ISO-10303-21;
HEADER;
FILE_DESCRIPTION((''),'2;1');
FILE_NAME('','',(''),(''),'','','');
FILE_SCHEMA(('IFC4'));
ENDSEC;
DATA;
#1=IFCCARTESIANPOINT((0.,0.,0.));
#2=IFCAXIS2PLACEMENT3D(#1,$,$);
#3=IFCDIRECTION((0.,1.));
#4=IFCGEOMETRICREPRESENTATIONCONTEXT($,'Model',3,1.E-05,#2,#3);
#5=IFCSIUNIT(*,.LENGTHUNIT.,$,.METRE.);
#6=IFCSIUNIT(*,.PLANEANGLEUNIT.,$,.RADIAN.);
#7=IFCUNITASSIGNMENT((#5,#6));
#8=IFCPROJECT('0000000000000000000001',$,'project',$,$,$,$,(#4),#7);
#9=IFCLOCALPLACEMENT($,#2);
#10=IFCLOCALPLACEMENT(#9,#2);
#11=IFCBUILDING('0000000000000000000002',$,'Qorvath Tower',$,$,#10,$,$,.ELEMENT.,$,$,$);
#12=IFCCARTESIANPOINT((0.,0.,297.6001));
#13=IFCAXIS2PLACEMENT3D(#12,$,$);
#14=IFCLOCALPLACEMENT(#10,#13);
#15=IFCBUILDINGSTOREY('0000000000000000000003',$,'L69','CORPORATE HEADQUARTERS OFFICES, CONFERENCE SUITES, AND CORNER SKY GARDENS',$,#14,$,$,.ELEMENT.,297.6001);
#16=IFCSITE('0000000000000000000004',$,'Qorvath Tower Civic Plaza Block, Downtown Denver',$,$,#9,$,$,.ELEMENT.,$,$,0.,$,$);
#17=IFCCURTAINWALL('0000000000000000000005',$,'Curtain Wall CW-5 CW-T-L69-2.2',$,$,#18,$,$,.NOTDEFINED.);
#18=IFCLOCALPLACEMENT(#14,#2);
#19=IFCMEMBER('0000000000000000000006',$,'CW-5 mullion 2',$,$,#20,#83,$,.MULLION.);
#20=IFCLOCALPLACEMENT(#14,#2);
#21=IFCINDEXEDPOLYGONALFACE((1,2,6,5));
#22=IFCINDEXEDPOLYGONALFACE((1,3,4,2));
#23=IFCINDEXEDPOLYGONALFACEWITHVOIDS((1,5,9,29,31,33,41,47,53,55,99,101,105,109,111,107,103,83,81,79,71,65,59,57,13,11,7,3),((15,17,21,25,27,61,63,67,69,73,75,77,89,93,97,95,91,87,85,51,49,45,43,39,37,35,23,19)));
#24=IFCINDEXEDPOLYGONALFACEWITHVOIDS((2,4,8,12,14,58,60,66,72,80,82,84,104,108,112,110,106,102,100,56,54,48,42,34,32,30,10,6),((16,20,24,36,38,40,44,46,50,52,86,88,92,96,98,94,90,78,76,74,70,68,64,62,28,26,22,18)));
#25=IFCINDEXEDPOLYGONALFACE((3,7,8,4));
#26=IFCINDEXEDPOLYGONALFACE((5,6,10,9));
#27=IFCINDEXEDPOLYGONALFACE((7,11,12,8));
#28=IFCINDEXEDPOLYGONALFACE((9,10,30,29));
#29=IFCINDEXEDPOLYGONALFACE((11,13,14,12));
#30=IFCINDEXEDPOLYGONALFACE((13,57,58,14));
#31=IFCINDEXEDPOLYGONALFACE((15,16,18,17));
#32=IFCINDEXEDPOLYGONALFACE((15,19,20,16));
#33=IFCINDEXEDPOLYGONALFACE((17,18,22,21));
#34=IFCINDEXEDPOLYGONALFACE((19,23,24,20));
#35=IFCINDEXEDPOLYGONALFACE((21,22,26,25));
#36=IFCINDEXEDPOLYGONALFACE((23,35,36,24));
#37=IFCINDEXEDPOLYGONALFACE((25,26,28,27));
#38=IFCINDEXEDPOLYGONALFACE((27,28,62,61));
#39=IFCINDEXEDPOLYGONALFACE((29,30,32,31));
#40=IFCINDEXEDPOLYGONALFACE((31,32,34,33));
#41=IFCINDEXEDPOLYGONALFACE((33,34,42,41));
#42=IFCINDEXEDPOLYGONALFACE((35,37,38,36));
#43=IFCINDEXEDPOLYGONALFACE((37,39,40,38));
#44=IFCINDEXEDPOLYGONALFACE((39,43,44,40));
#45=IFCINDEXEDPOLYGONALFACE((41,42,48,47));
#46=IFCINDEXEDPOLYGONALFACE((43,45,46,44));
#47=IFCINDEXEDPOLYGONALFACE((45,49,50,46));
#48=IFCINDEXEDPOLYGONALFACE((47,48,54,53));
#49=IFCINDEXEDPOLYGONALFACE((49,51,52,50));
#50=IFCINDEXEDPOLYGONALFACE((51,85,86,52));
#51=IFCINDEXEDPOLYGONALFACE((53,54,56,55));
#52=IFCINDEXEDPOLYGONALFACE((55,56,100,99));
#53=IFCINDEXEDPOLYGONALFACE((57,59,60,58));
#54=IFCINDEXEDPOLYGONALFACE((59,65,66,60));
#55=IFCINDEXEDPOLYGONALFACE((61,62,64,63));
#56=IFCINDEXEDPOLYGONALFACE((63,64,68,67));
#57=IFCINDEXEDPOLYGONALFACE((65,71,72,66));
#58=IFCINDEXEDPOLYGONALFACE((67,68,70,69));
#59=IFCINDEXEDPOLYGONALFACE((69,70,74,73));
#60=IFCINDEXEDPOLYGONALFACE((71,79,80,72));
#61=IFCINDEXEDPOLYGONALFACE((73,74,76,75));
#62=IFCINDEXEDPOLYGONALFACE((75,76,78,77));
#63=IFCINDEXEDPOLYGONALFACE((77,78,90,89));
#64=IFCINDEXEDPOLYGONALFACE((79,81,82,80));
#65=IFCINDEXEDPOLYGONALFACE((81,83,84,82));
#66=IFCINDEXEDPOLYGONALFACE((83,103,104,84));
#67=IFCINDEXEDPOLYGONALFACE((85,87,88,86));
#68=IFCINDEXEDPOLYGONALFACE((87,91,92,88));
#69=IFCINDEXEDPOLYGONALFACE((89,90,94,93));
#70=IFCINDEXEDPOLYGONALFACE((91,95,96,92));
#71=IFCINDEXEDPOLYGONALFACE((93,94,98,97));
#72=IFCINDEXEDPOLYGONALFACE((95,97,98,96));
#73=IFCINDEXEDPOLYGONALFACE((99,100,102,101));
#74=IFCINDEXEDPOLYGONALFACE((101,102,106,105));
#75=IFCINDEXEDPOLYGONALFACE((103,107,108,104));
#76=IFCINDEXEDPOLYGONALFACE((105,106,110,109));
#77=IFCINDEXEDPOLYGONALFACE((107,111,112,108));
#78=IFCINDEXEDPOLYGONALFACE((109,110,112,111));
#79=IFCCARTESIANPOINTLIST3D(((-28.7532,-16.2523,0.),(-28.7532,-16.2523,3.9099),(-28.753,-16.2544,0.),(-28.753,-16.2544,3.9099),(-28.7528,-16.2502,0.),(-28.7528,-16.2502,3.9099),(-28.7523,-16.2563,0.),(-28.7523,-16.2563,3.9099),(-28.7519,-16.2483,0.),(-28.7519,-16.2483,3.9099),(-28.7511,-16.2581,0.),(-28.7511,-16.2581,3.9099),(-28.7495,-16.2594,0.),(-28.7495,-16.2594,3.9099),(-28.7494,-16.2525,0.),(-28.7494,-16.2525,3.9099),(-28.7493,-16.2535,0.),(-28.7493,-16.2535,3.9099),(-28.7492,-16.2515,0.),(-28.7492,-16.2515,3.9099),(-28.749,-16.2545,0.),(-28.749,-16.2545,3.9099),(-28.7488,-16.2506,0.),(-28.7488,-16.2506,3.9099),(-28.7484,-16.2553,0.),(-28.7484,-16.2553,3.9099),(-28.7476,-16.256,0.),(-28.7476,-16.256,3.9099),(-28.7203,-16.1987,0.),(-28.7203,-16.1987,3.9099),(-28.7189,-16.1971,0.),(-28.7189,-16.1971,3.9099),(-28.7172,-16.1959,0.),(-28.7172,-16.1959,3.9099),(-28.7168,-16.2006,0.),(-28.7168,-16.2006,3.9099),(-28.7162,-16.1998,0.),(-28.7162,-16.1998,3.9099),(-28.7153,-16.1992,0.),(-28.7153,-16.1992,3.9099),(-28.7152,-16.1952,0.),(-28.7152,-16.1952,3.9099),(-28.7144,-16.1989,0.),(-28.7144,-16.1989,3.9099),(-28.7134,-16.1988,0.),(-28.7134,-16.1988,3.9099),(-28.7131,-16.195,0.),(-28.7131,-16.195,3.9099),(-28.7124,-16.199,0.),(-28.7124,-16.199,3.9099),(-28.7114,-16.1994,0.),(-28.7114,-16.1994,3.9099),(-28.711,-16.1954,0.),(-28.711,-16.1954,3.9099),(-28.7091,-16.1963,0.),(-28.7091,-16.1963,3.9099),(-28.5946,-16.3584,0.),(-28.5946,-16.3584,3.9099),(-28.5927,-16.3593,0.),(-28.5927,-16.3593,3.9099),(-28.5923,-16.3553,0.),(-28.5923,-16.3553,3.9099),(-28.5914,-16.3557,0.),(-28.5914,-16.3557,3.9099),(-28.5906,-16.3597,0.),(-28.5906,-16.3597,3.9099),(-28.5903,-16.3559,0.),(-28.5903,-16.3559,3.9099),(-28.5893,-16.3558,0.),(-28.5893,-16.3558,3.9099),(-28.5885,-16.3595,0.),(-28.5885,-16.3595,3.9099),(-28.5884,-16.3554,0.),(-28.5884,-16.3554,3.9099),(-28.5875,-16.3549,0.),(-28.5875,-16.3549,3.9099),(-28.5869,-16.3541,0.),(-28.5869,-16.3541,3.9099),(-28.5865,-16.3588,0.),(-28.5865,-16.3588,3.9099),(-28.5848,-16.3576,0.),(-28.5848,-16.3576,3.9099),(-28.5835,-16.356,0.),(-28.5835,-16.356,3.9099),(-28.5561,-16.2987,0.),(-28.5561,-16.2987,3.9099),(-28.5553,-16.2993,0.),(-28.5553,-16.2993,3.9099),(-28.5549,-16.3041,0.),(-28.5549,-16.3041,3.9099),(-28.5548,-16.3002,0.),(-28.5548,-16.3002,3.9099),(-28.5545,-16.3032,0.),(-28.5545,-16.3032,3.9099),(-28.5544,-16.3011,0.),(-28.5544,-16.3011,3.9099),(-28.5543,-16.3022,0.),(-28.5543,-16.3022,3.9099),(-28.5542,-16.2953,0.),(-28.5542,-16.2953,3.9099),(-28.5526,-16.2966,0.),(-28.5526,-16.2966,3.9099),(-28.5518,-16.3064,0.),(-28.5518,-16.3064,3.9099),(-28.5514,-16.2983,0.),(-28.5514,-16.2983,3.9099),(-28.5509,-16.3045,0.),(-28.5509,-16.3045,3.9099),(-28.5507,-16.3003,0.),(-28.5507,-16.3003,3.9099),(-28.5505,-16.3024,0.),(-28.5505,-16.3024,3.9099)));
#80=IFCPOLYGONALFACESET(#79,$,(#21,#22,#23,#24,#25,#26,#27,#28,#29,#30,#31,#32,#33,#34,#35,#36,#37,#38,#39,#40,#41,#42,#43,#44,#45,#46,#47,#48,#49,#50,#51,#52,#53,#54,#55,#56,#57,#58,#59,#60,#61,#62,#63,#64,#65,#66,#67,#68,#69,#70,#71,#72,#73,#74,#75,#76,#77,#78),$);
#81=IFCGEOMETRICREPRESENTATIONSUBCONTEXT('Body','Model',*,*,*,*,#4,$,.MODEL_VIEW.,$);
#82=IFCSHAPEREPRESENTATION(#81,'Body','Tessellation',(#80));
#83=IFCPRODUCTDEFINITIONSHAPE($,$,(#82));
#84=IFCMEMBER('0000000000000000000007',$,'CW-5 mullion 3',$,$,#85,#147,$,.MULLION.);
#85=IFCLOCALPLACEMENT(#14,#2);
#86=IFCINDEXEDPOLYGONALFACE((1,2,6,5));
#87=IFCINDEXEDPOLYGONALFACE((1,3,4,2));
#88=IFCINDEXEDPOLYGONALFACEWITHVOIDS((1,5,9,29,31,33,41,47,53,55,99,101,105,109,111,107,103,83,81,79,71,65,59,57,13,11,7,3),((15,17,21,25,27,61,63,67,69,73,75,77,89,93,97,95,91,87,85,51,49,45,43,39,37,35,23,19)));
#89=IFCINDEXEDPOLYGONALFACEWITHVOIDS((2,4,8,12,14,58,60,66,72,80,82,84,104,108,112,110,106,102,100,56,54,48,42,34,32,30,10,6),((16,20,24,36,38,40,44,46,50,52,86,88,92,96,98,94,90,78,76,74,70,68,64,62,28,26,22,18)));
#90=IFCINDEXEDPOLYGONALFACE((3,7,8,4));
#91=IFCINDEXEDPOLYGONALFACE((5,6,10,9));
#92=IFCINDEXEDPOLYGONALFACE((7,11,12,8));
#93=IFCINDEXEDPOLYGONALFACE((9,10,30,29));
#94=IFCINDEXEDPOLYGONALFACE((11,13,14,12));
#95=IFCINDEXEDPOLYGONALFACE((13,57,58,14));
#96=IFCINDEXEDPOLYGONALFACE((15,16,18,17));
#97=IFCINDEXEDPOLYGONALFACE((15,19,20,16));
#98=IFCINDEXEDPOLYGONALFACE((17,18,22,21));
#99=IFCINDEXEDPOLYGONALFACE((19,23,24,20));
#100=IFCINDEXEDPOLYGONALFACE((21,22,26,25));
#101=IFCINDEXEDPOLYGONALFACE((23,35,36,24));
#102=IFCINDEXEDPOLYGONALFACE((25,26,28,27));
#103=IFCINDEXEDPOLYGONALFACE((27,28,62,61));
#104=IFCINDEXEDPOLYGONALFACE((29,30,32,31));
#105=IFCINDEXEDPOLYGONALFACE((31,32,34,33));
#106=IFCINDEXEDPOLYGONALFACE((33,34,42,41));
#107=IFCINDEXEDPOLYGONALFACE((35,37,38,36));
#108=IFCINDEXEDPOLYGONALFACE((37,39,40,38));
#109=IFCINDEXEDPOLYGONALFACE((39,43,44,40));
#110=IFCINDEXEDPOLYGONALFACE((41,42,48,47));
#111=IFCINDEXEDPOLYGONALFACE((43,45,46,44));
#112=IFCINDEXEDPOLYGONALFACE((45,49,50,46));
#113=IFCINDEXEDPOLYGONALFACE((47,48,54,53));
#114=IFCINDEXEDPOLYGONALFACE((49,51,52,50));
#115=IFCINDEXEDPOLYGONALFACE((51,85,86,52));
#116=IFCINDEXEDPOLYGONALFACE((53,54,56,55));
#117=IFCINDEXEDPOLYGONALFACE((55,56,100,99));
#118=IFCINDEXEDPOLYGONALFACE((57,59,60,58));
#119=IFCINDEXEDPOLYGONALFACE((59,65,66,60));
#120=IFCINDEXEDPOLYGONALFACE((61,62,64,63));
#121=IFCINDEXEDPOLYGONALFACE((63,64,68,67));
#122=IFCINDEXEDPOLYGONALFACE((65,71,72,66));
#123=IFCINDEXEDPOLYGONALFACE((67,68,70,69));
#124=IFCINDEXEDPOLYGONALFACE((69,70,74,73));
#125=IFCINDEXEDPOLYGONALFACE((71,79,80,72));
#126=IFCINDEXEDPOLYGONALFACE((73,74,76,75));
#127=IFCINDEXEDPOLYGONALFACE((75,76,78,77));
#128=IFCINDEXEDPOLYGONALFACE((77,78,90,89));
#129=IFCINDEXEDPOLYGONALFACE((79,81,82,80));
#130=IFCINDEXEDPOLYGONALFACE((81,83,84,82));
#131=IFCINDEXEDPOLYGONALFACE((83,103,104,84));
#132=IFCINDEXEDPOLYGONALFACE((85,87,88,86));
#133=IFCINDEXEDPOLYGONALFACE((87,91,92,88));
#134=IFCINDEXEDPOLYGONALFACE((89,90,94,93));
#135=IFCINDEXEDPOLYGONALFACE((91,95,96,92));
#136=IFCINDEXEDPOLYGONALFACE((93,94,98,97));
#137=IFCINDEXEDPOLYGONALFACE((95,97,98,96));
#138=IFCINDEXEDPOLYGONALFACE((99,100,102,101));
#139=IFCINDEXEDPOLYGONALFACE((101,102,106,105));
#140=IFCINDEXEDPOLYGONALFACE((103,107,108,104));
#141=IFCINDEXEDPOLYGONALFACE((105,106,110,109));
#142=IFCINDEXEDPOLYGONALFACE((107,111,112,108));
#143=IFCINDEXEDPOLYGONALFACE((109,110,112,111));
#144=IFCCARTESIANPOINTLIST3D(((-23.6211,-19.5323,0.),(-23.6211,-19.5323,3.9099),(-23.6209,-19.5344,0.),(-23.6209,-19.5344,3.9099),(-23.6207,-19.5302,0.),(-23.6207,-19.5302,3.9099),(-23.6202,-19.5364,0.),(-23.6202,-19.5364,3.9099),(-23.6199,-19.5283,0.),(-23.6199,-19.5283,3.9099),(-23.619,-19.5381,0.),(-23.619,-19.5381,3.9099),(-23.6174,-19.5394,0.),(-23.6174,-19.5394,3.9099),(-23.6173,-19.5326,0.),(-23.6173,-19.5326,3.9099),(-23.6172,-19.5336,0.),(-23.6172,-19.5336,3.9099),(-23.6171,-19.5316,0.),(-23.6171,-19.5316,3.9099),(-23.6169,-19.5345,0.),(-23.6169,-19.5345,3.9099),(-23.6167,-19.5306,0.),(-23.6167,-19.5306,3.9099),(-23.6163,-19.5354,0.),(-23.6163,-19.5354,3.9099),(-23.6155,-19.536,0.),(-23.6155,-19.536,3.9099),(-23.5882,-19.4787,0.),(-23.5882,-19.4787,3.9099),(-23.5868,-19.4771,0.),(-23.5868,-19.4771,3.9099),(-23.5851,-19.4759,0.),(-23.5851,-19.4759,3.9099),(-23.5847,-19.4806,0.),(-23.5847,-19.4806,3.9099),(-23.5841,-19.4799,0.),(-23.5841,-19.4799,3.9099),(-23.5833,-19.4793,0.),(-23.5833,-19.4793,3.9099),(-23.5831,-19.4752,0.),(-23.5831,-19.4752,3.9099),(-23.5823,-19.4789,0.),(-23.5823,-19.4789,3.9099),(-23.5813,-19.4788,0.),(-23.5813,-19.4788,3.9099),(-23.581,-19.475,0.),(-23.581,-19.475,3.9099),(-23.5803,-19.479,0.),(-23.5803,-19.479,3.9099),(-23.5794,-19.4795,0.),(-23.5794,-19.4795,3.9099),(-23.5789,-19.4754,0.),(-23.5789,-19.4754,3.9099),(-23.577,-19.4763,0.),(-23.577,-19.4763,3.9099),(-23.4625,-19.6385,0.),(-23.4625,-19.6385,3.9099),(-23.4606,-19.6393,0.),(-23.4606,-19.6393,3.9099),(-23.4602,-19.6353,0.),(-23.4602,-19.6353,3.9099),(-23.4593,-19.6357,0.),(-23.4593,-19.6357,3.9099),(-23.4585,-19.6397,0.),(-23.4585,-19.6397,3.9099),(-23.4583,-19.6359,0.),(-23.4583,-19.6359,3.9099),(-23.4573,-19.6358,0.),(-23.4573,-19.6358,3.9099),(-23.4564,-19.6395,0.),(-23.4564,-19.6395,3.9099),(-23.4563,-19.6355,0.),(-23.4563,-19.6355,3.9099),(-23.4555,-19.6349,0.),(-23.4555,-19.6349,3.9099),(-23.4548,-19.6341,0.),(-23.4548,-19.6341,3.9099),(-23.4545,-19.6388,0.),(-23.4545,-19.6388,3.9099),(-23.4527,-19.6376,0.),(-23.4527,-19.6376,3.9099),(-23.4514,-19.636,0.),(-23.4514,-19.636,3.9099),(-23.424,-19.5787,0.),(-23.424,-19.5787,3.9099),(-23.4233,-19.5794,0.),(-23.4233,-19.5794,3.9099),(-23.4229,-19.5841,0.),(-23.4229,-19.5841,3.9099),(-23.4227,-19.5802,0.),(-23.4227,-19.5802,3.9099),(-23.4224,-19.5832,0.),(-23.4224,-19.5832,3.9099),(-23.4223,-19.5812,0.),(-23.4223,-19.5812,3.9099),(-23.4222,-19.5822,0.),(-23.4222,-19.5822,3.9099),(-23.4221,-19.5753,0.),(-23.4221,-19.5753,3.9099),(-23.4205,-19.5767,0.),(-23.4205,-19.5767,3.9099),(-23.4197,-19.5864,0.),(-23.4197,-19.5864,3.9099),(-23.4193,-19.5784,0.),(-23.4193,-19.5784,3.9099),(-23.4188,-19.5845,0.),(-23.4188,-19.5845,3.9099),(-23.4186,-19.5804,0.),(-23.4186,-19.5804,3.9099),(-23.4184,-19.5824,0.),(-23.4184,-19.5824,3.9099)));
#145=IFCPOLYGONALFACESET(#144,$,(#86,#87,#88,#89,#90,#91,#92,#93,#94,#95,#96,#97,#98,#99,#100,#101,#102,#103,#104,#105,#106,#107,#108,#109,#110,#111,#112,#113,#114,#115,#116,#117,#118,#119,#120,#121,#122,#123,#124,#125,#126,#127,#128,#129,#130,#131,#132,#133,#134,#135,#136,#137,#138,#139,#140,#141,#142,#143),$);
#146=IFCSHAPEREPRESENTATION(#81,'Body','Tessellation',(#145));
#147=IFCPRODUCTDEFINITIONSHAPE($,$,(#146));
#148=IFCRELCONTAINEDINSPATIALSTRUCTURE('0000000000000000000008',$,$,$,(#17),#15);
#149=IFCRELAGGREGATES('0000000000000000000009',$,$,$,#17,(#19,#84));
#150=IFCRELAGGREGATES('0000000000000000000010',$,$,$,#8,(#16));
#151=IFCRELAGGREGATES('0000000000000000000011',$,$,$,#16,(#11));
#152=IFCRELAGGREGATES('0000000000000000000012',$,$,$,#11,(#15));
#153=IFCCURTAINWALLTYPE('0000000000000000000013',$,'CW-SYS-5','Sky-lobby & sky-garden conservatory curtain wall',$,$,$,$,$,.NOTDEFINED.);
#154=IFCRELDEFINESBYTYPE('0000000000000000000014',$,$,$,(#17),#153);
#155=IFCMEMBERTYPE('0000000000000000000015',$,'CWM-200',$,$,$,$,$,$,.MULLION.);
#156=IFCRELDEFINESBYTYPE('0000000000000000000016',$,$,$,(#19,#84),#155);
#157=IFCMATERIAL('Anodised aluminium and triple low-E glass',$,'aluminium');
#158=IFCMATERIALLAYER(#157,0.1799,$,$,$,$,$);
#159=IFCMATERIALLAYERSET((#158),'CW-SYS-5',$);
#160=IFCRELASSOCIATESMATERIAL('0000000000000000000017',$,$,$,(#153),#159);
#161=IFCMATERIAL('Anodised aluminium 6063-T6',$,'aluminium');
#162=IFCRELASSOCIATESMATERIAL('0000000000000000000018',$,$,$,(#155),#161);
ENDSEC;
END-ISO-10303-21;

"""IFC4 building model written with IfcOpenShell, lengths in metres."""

from ifc_helpers import new_model, si_unit, direction, frame, origin, origin_2d, place, context, subcontext, project, spatial, hollow_rectangle, extrude, material, layer, layer_set, material_profile, profile_set, type_object, element, aggregate, save


model = new_model("IFC4")

# Units and contexts
model_context = context("Model", 3, precision=1e-05, world=origin(), true_north=direction((0.0, 1.0)))
body_context = subcontext(model_context, "Body", "Model", "MODEL_VIEW")
ifc_project = project(units=[si_unit("LENGTHUNIT", "METRE"), si_unit("PLANEANGLEUNIT", "RADIAN")], contexts=[model_context])

# Site, building, storey
site_placement = place(None, origin())
site = spatial("IfcSite", under=ifc_project, at=site_placement, Name="Qorvath Tower Civic Plaza Block, Downtown Denver", CompositionType="ELEMENT", RefElevation=0.0)
building_placement = place(site_placement, origin())
building = spatial("IfcBuilding", under=site, at=building_placement, Name="Qorvath Tower", CompositionType="ELEMENT")
storey_placement = place(building_placement, frame((0.0, 0.0, 297.6001)))
storey = spatial("IfcBuildingStorey", under=building, at=storey_placement, Name="L69", Description="CORPORATE HEADQUARTERS OFFICES, CONFERENCE SUITES, AND CORNER SKY GARDENS", CompositionType="ELEMENT", Elevation=297.6001)

# Curtain wall, members
ifc_material_1 = material(Name="Anodised aluminium and triple low-E glass", Category="aluminium")
ifc_layer_1 = layer(ifc_material_1, 0.1799)
ifc_layer_set_1 = layer_set([ifc_layer_1], Name="CW-SYS-5")
curtain_wall_type = type_object("IfcCurtainWallType", Name="CW-SYS-5", Description="Sky-lobby & sky-garden conservatory curtain wall", PredefinedType="NOTDEFINED", material=ifc_layer_set_1)
curtain_wall_placement = place(storey_placement, origin())
curtain_wall = element("IfcCurtainWall", 1, at=curtain_wall_placement, inside=storey, type_object=curtain_wall_type, Name="Curtain Wall CW-5 CW-T-L69-2.2", PredefinedType="NOTDEFINED")
ifc_material_2 = material(Name="Anodised aluminium 6063-T6", Category="aluminium")
ifc_material_profile_1 = material_profile(ifc_material_2, hollow_rectangle(XDim=0.075, YDim=0.2, WallThickness=0.0039, InnerFilletRadius=0.0039, OuterFilletRadius=0.0081, at=origin_2d()), Name="CWM 200x75")
ifc_profile_set_1 = profile_set([ifc_material_profile_1], Name="Anodised aluminium 6063-T6")
member_type_1 = type_object("IfcMemberType", Name="CWM-200", PredefinedType="MULLION", material=ifc_profile_set_1)
member_1_placement = place(storey_placement, frame((-28.6519, -16.2773, 0.0), z_axis=(0.0, 0.0, 1.0), x_axis=(0.538534, 0.842604, 0.0)))
member_1 = element("IfcMember", 2, at=member_1_placement, type_object=member_type_1, Name="CW-5 mullion 2", PredefinedType="MULLION", context=body_context, shape_type="SweptSolid", body=[
    extrude(hollow_rectangle(XDim=0.075, YDim=0.2, WallThickness=0.0039, InnerFilletRadius=0.0039, OuterFilletRadius=0.0081, at=origin_2d()), origin(), (0.0, 0.0, 1.0), 3.9099),
])
member_2_placement = place(storey_placement, frame((-23.5198, -19.5574, 0.0), z_axis=(0.0, 0.0, 1.0), x_axis=(0.538534, 0.842604, 0.0)))
member_2 = element("IfcMember", 3, at=member_2_placement, type_object=member_type_1, Name="CW-5 mullion 3", PredefinedType="MULLION", context=body_context, shape_type="SweptSolid", body=[
    extrude(hollow_rectangle(XDim=0.075, YDim=0.2, WallThickness=0.0039, InnerFilletRadius=0.0039, OuterFilletRadius=0.0081, at=origin_2d()), origin(), (0.0, 0.0, 1.0), 3.9099),
])
aggregate(curtain_wall, [member_1, member_2])

save(model, "model.ifc")
